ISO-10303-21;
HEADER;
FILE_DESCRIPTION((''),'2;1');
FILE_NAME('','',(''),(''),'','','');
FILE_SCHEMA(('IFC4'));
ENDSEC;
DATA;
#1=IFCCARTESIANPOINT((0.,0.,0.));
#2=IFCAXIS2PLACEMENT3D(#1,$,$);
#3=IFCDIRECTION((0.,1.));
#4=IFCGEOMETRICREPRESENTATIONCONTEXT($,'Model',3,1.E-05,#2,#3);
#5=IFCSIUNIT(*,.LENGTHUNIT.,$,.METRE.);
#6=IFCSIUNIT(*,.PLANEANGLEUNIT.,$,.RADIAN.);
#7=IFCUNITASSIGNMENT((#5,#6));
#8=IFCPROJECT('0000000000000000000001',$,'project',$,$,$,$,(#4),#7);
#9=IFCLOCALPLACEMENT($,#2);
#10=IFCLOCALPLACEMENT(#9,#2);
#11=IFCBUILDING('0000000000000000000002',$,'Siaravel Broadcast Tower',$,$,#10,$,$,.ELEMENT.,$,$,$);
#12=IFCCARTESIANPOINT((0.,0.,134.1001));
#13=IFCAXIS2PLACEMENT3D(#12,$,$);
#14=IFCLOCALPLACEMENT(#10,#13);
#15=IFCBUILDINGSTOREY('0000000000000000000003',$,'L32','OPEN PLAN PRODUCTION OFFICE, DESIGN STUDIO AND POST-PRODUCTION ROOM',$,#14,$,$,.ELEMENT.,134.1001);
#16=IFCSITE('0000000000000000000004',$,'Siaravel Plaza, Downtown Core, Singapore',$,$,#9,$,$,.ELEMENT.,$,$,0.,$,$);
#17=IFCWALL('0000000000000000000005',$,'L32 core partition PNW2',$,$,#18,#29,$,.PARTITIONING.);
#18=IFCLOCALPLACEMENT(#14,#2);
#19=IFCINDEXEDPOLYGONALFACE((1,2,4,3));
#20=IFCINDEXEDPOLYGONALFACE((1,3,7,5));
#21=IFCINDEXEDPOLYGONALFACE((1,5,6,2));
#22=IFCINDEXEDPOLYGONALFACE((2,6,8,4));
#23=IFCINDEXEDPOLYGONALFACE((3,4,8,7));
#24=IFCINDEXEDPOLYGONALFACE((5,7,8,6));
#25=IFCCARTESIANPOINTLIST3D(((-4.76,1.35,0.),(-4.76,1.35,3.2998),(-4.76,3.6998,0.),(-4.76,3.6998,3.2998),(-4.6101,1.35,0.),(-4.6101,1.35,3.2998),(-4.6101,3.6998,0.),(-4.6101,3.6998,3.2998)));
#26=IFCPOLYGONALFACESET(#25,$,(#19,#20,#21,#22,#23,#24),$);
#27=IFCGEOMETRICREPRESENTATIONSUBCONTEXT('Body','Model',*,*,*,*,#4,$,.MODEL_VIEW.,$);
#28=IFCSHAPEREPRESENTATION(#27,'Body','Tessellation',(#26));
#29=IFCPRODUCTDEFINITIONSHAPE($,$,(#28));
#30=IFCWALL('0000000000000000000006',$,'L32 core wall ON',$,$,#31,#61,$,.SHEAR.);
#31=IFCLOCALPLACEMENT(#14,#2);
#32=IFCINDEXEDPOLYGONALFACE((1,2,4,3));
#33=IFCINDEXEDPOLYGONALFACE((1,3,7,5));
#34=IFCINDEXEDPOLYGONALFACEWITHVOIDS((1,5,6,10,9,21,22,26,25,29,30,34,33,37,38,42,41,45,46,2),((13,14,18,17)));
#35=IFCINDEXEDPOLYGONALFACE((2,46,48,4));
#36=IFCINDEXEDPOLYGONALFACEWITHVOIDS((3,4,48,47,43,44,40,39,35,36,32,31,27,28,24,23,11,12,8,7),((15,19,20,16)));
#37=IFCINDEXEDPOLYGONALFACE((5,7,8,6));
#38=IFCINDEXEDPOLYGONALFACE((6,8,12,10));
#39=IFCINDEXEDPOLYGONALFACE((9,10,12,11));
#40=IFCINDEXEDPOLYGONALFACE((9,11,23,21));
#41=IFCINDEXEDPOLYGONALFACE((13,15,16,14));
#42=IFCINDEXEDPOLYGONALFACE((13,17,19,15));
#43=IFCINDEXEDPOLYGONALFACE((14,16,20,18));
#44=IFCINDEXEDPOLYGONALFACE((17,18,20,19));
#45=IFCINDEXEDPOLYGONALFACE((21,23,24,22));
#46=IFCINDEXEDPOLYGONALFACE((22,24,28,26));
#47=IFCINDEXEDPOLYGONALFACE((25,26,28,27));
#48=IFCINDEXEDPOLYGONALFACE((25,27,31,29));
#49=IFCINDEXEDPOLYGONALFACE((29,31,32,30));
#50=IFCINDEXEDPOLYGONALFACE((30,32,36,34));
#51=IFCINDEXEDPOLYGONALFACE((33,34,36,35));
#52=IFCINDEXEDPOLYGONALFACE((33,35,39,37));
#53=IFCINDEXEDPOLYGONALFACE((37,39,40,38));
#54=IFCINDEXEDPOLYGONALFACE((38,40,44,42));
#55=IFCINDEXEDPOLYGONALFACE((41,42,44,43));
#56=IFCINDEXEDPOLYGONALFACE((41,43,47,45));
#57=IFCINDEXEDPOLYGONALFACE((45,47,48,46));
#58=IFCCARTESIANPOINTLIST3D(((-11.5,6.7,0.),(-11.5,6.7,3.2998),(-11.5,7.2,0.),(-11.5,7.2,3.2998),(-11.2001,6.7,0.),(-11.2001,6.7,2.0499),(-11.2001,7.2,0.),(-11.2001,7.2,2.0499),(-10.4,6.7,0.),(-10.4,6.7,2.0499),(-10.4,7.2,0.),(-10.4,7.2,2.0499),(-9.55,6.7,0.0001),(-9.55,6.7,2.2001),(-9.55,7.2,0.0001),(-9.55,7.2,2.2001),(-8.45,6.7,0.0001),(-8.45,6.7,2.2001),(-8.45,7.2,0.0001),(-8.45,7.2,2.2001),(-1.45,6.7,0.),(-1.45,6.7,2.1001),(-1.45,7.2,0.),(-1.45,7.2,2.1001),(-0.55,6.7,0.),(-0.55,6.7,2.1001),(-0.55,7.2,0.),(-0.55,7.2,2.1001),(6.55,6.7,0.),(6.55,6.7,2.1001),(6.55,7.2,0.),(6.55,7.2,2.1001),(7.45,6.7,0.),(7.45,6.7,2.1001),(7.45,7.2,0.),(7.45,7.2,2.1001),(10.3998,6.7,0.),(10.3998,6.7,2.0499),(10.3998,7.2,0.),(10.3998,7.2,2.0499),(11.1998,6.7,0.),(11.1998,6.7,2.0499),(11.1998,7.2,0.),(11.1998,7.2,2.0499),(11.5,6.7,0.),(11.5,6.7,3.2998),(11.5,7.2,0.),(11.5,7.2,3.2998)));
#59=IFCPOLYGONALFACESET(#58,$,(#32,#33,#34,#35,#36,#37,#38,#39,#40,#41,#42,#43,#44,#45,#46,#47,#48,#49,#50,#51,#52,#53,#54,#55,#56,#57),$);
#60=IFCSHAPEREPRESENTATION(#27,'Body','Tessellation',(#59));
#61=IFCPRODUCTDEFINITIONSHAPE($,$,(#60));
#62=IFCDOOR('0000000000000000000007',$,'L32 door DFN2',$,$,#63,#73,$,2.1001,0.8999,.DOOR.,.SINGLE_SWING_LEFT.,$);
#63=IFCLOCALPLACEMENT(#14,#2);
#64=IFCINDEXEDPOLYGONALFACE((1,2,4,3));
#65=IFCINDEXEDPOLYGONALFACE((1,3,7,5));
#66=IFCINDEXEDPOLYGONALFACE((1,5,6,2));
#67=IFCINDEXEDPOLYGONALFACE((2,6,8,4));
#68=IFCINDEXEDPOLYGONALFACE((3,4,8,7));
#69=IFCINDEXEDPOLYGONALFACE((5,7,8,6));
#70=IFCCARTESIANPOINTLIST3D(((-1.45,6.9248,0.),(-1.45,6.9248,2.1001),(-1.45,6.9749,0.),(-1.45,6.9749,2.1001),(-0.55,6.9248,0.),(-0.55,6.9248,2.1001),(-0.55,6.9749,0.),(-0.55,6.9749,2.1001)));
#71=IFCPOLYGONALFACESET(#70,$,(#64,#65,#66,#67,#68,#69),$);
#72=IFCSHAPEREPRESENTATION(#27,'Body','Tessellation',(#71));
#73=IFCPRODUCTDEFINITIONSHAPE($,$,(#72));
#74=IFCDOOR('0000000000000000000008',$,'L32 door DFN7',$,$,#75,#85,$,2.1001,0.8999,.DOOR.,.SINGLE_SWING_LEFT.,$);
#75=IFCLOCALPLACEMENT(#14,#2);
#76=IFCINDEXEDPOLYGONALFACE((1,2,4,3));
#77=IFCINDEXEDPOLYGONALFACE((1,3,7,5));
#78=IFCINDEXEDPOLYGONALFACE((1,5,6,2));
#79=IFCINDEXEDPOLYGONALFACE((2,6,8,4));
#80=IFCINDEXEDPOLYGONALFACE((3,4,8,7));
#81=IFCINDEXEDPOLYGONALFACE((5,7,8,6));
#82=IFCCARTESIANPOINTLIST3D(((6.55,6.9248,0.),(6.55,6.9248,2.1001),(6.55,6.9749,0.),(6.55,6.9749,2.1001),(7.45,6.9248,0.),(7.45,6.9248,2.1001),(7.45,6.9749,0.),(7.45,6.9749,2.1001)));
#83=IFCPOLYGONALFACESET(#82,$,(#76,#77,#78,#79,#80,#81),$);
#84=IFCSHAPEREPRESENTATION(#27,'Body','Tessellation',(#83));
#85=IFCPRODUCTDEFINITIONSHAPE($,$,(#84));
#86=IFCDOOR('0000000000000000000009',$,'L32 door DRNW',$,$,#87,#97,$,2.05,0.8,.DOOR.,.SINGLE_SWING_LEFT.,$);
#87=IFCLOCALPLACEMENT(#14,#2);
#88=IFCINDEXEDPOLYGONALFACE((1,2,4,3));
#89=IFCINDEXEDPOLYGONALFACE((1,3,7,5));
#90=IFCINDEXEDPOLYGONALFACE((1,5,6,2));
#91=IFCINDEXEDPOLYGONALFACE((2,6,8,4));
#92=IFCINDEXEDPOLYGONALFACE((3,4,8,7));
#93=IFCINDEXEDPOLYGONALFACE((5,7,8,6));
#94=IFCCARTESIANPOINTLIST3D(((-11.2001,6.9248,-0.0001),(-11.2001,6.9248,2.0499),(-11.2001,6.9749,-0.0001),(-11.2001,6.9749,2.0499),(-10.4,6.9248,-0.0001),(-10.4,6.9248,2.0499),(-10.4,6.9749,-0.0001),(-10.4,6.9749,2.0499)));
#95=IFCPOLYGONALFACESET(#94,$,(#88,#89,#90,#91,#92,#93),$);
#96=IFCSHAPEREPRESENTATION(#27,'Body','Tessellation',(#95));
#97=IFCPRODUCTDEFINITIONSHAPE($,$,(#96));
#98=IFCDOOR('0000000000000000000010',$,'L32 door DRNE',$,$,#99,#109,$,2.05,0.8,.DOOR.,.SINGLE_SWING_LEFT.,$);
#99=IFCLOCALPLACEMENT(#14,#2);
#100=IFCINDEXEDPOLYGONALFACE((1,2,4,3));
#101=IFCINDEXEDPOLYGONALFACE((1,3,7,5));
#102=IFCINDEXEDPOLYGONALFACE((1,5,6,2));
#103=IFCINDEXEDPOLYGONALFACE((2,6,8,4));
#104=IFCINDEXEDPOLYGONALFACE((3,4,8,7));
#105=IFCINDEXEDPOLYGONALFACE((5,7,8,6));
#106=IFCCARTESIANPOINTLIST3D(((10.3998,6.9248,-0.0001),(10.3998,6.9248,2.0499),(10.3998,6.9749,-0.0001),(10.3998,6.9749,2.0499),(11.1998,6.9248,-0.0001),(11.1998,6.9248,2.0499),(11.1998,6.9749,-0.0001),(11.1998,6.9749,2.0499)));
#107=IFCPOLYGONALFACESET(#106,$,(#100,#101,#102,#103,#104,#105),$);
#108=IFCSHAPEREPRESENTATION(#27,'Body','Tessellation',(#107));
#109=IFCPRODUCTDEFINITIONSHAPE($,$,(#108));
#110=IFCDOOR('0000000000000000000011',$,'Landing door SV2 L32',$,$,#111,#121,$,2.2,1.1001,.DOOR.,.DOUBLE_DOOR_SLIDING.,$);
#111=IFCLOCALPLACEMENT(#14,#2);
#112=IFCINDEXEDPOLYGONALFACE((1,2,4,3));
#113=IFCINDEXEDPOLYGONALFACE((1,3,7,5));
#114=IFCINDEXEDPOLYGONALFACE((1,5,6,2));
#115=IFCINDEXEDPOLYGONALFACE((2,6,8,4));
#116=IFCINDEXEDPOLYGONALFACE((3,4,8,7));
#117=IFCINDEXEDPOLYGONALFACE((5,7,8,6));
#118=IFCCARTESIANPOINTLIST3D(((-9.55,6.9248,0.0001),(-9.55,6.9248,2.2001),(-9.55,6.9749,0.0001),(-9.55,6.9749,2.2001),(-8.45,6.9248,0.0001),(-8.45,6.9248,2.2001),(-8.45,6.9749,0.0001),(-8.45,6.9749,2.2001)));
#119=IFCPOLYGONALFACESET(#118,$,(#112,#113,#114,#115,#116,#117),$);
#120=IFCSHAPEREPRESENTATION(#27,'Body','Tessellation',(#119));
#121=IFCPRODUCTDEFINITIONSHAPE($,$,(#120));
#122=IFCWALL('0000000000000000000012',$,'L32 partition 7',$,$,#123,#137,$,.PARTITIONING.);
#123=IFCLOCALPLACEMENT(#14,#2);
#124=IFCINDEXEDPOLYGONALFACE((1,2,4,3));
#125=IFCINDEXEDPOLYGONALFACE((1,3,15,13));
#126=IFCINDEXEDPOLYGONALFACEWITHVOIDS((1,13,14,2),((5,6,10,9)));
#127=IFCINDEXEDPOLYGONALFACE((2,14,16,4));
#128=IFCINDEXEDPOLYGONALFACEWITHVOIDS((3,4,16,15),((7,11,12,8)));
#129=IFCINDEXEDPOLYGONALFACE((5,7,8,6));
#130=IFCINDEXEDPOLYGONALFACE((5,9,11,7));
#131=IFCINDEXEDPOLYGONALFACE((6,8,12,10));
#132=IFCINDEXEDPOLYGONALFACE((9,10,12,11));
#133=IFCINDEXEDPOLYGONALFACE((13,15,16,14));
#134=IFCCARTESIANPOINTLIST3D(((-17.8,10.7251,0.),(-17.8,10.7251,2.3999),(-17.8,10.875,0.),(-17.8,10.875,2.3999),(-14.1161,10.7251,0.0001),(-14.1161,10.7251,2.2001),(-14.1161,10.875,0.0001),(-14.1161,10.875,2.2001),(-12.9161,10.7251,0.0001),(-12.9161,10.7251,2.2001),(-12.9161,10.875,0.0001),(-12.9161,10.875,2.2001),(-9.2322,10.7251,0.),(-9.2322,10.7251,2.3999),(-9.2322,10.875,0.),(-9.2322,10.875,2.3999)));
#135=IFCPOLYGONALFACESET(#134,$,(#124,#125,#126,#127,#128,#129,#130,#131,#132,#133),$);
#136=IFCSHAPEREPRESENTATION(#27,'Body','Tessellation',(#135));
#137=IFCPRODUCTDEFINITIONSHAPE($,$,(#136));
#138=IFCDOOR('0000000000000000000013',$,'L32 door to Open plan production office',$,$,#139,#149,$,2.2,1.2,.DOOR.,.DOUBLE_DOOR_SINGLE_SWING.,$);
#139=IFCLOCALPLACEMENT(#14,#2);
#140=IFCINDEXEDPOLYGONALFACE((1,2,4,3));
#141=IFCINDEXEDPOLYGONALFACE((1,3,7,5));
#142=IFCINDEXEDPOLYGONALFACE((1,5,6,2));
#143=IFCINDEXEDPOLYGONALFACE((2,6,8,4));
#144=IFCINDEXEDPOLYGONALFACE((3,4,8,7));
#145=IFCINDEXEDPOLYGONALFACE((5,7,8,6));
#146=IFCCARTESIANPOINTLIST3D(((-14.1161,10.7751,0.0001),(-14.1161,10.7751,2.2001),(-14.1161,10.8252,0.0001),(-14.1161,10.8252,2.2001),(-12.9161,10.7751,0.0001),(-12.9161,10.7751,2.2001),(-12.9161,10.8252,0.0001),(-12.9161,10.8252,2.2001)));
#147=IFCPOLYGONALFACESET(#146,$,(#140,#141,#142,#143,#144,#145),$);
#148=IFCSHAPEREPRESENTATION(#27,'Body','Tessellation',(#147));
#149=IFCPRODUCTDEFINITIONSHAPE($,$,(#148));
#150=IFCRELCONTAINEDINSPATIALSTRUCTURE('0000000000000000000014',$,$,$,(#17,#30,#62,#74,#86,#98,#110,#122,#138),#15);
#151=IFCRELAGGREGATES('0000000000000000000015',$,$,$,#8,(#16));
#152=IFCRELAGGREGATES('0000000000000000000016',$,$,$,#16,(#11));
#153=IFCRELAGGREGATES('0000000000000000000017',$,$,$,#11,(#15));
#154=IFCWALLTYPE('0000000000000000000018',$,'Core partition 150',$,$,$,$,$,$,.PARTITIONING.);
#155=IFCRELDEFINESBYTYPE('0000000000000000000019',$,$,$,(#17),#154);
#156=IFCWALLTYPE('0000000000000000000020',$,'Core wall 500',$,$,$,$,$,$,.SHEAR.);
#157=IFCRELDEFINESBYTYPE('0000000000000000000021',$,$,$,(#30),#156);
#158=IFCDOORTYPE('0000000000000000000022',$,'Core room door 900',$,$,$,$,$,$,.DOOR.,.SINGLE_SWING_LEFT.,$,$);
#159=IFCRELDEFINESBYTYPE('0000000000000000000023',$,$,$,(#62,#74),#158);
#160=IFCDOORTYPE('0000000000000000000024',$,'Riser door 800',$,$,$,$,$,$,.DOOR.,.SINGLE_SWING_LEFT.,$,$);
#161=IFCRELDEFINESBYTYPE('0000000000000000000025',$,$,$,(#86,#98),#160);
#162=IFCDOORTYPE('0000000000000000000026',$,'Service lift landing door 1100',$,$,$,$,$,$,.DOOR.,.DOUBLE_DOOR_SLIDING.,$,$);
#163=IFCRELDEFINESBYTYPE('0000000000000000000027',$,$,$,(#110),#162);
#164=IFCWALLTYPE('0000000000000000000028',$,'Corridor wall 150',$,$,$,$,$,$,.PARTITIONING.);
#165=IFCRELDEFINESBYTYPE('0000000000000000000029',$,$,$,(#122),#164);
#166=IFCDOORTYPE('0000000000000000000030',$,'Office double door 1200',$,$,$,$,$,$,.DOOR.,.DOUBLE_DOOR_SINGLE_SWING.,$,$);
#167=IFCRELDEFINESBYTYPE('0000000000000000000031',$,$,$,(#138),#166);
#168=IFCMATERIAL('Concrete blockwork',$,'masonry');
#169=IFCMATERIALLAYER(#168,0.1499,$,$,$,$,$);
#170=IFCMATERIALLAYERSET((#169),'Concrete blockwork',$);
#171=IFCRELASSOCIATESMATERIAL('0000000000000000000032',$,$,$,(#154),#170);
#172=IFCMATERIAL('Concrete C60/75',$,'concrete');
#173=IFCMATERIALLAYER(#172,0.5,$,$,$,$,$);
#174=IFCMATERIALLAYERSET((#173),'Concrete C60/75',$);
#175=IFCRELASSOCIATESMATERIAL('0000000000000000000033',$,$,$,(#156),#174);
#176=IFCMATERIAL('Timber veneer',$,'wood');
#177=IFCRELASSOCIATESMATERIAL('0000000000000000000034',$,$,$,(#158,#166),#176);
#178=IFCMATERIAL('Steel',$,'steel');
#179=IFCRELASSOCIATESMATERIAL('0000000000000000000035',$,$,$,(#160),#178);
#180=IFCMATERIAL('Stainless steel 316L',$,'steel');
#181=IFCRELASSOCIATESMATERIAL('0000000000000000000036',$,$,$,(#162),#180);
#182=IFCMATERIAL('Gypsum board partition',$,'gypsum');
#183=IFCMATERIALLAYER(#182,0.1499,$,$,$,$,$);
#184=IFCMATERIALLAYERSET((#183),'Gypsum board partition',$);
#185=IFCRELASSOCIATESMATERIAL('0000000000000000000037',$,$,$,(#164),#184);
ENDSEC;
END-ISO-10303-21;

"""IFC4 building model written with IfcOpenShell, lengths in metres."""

from ifc_helpers import new_model, si_unit, direction, frame, frame_2d, origin, place, context, subcontext, project, spatial, rectangle, extrude, material, layer, layer_set, type_object, element, fill, save


model = new_model("IFC4")

# Units and contexts
model_context = context("Model", 3, precision=1e-05, world=origin(), true_north=direction((0.0, 1.0)))
body_context = subcontext(model_context, "Body", "Model", "MODEL_VIEW")
ifc_project = project(units=[si_unit("LENGTHUNIT", "METRE"), si_unit("PLANEANGLEUNIT", "RADIAN")], contexts=[model_context])

# Site, building, storey
site_placement = place(None, origin())
site = spatial("IfcSite", under=ifc_project, at=site_placement, Name="Siaravel Plaza, Downtown Core, Singapore", CompositionType="ELEMENT", RefElevation=0.0)
building_placement = place(site_placement, origin())
building = spatial("IfcBuilding", under=site, at=building_placement, Name="Siaravel Broadcast Tower", CompositionType="ELEMENT")
storey_placement = place(building_placement, frame((0.0, 0.0, 134.1001)))
storey = spatial("IfcBuildingStorey", under=building, at=storey_placement, Name="L32", Description="OPEN PLAN PRODUCTION OFFICE, DESIGN STUDIO AND POST-PRODUCTION ROOM", CompositionType="ELEMENT", Elevation=134.1001)

# Wall
ifc_material_1 = material(Name="Concrete blockwork", Category="masonry")
ifc_layer_1 = layer(ifc_material_1, 0.1499)
ifc_layer_set_1 = layer_set([ifc_layer_1], Name="Concrete blockwork")
wall_type_1 = type_object("IfcWallType", Name="Core partition 150", PredefinedType="PARTITIONING", material=ifc_layer_set_1)
wall_1_placement = place(storey_placement, frame((-4.6851, 1.3501, 0.0), z_axis=(0.0, 0.0, 1.0), x_axis=(0.0, 1.0, 0.0)))
element("IfcWall", 1, at=wall_1_placement, inside=storey, type_object=wall_type_1, Name="L32 core partition PNW2", PredefinedType="PARTITIONING", context=body_context, shape_type="SweptSolid", body=[
    extrude(rectangle(XDim=2.3499, YDim=0.1499, at=frame_2d((1.1748, 0.0))), origin(), (0.0, 0.0, 1.0), 3.2998),
])

# Wall, openings, doors
ifc_material_2 = material(Name="Concrete C60/75", Category="concrete")
ifc_layer_2 = layer(ifc_material_2, 0.5)
ifc_layer_set_2 = layer_set([ifc_layer_2], Name="Concrete C60/75")
wall_type_2 = type_object("IfcWallType", Name="Core wall 500", PredefinedType="SHEAR", material=ifc_layer_set_2)
wall_2_placement = place(storey_placement, frame((-11.5, 6.95, 0.0), z_axis=(0.0, 0.0, 1.0), x_axis=(1.0, 0.0, 0.0)))
wall_2 = element("IfcWall", 2, at=wall_2_placement, inside=storey, type_object=wall_type_2, Name="L32 core wall ON", PredefinedType="SHEAR", context=body_context, shape_type="SweptSolid", body=[
    extrude(rectangle(XDim=23.0, YDim=0.5, at=frame_2d((11.5, 0.0))), origin(), (0.0, 0.0, 1.0), 3.2998),
])
opening_1_placement = place(wall_2_placement, frame((1.95, 0.0, 0.0)))
opening_1 = element("IfcOpeningElement", 3, at=opening_1_placement, cuts=wall_2, PredefinedType="OPENING", context=body_context, shape_type="SweptSolid", body=[
    extrude(rectangle(XDim=1.1001, YDim=2.2, at=frame_2d((0.55, 1.1001))), frame((0.0, 0.26, 0.0), z_axis=(0.0, -1.0, 0.0), x_axis=(1.0, 0.0, 0.0)), (0.0, 0.0, 1.0), 0.52),
])
opening_2_placement = place(wall_2_placement, frame((10.05, 0.0, 0.0)))
opening_2 = element("IfcOpeningElement", 4, at=opening_2_placement, cuts=wall_2, PredefinedType="OPENING", context=body_context, shape_type="SweptSolid", body=[
    extrude(rectangle(XDim=0.8999, YDim=2.1001, at=frame_2d((0.45, 1.05))), frame((0.0, 0.26, 0.0), z_axis=(0.0, -1.0, 0.0), x_axis=(1.0, 0.0, 0.0)), (0.0, 0.0, 1.0), 0.52),
])
opening_3_placement = place(wall_2_placement, frame((18.05, 0.0, 0.0)))
opening_3 = element("IfcOpeningElement", 5, at=opening_3_placement, cuts=wall_2, PredefinedType="OPENING", context=body_context, shape_type="SweptSolid", body=[
    extrude(rectangle(XDim=0.8999, YDim=2.1001, at=frame_2d((0.45, 1.05))), frame((0.0, 0.26, 0.0), z_axis=(0.0, -1.0, 0.0), x_axis=(1.0, 0.0, 0.0)), (0.0, 0.0, 1.0), 0.52),
])
opening_4_placement = place(wall_2_placement, frame((0.3, 0.0, 0.0)))
opening_4 = element("IfcOpeningElement", 6, at=opening_4_placement, cuts=wall_2, PredefinedType="OPENING", context=body_context, shape_type="SweptSolid", body=[
    extrude(rectangle(XDim=0.8, YDim=2.05, at=frame_2d((0.3999, 1.0249))), frame((0.0, 0.26, 0.0), z_axis=(0.0, -1.0, 0.0), x_axis=(1.0, 0.0, 0.0)), (0.0, 0.0, 1.0), 0.52),
])
opening_5_placement = place(wall_2_placement, frame((21.8999, 0.0, 0.0)))
opening_5 = element("IfcOpeningElement", 7, at=opening_5_placement, cuts=wall_2, PredefinedType="OPENING", context=body_context, shape_type="SweptSolid", body=[
    extrude(rectangle(XDim=0.8, YDim=2.05, at=frame_2d((0.3999, 1.0249))), frame((0.0, 0.26, 0.0), z_axis=(0.0, -1.0, 0.0), x_axis=(1.0, 0.0, 0.0)), (0.0, 0.0, 1.0), 0.52),
])
ifc_material_3 = material(Name="Timber veneer", Category="wood")
door_type_1 = type_object("IfcDoorType", Name="Core room door 900", OperationType="SINGLE_SWING_LEFT", PredefinedType="DOOR", material=ifc_material_3)
door_1_placement = place(opening_2_placement, origin())
door_1 = element("IfcDoor", 8, at=door_1_placement, inside=storey, type_object=door_type_1, Name="L32 door DFN2", OperationType="SINGLE_SWING_LEFT", OverallHeight=2.1001, OverallWidth=0.8999, PredefinedType="DOOR", context=body_context, shape_type="SweptSolid", body=[
    extrude(rectangle(XDim=0.8999, YDim=2.1001, at=frame_2d((0.45, 1.05))), frame((0.0, 0.0249, 0.0), z_axis=(0.0, -1.0, 0.0), x_axis=(1.0, 0.0, 0.0)), (0.0, 0.0, 1.0), 0.05),
])
fill(opening_2, door_1)
door_2_placement = place(opening_3_placement, origin())
door_2 = element("IfcDoor", 9, at=door_2_placement, inside=storey, type_object=door_type_1, Name="L32 door DFN7", OperationType="SINGLE_SWING_LEFT", OverallHeight=2.1001, OverallWidth=0.8999, PredefinedType="DOOR", context=body_context, shape_type="SweptSolid", body=[
    extrude(rectangle(XDim=0.8999, YDim=2.1001, at=frame_2d((0.45, 1.05))), frame((0.0, 0.0249, 0.0), z_axis=(0.0, -1.0, 0.0), x_axis=(1.0, 0.0, 0.0)), (0.0, 0.0, 1.0), 0.05),
])
fill(opening_3, door_2)
ifc_material_4 = material(Name="Steel", Category="steel")
door_type_2 = type_object("IfcDoorType", Name="Riser door 800", OperationType="SINGLE_SWING_LEFT", PredefinedType="DOOR", material=ifc_material_4)
door_3_placement = place(opening_4_placement, origin())
door_3 = element("IfcDoor", 10, at=door_3_placement, inside=storey, type_object=door_type_2, Name="L32 door DRNW", OperationType="SINGLE_SWING_LEFT", OverallHeight=2.05, OverallWidth=0.8, PredefinedType="DOOR", context=body_context, shape_type="SweptSolid", body=[
    extrude(rectangle(XDim=0.8, YDim=2.05, at=frame_2d((0.3999, 1.0249))), frame((0.0, 0.0249, 0.0), z_axis=(0.0, -1.0, 0.0), x_axis=(1.0, 0.0, 0.0)), (0.0, 0.0, 1.0), 0.05),
])
fill(opening_4, door_3)
door_4_placement = place(opening_5_placement, origin())
door_4 = element("IfcDoor", 11, at=door_4_placement, inside=storey, type_object=door_type_2, Name="L32 door DRNE", OperationType="SINGLE_SWING_LEFT", OverallHeight=2.05, OverallWidth=0.8, PredefinedType="DOOR", context=body_context, shape_type="SweptSolid", body=[
    extrude(rectangle(XDim=0.8, YDim=2.05, at=frame_2d((0.3999, 1.0249))), frame((0.0, 0.0249, 0.0), z_axis=(0.0, -1.0, 0.0), x_axis=(1.0, 0.0, 0.0)), (0.0, 0.0, 1.0), 0.05),
])
fill(opening_5, door_4)
ifc_material_5 = material(Name="Stainless steel 316L", Category="steel")
door_type_3 = type_object("IfcDoorType", Name="Service lift landing door 1100", OperationType="DOUBLE_DOOR_SLIDING", PredefinedType="DOOR", material=ifc_material_5)
door_5_placement = place(opening_1_placement, origin())
door_5 = element("IfcDoor", 12, at=door_5_placement, inside=storey, type_object=door_type_3, Name="Landing door SV2 L32", OperationType="DOUBLE_DOOR_SLIDING", OverallHeight=2.2, OverallWidth=1.1001, PredefinedType="DOOR", context=body_context, shape_type="SweptSolid", body=[
    extrude(rectangle(XDim=1.1001, YDim=2.2, at=frame_2d((0.55, 1.1001))), frame((0.0, 0.0249, 0.0), z_axis=(0.0, -1.0, 0.0), x_axis=(1.0, 0.0, 0.0)), (0.0, 0.0, 1.0), 0.05),
])
fill(opening_1, door_5)

# Wall, opening, door
ifc_material_6 = material(Name="Gypsum board partition", Category="gypsum")
ifc_layer_3 = layer(ifc_material_6, 0.1499)
ifc_layer_set_3 = layer_set([ifc_layer_3], Name="Gypsum board partition")
wall_type_3 = type_object("IfcWallType", Name="Corridor wall 150", PredefinedType="PARTITIONING", material=ifc_layer_set_3)
wall_3_placement = place(storey_placement, frame((-9.2322, 10.8, 0.0), z_axis=(0.0, 0.0, 1.0), x_axis=(-1.0, 0.0, 0.0)))
wall_3 = element("IfcWall", 13, at=wall_3_placement, inside=storey, type_object=wall_type_3, Name="L32 partition 7", PredefinedType="PARTITIONING", context=body_context, shape_type="SweptSolid", body=[
    extrude(rectangle(XDim=8.5679, YDim=0.1499, at=frame_2d((4.2839, 0.0))), origin(), (0.0, 0.0, 1.0), 2.3999),
])
opening_6_placement = place(wall_3_placement, frame((3.6838, 0.0, 0.0)))
opening_6 = element("IfcOpeningElement", 14, at=opening_6_placement, cuts=wall_3, PredefinedType="OPENING", context=body_context, shape_type="SweptSolid", body=[
    extrude(rectangle(XDim=1.2, YDim=2.2, at=frame_2d((0.6001, 1.1001))), frame((0.0, 0.085, 0.0), z_axis=(0.0, -1.0, 0.0), x_axis=(1.0, 0.0, 0.0)), (0.0, 0.0, 1.0), 0.1699),
])
door_type_4 = type_object("IfcDoorType", Name="Office double door 1200", OperationType="DOUBLE_DOOR_SINGLE_SWING", PredefinedType="DOOR", material=ifc_material_3)
door_6_placement = place(opening_6_placement, origin())
door_6 = element("IfcDoor", 15, at=door_6_placement, inside=storey, type_object=door_type_4, Name="L32 door to Open plan production office", OperationType="DOUBLE_DOOR_SINGLE_SWING", OverallHeight=2.2, OverallWidth=1.2, PredefinedType="DOOR", context=body_context, shape_type="SweptSolid", body=[
    extrude(rectangle(XDim=1.2, YDim=2.2, at=frame_2d((0.6001, 1.1001))), frame((0.0, 0.0249, 0.0), z_axis=(0.0, -1.0, 0.0), x_axis=(1.0, 0.0, 0.0)), (0.0, 0.0, 1.0), 0.05),
])
fill(opening_6, door_6)

save(model, "model.ifc")
